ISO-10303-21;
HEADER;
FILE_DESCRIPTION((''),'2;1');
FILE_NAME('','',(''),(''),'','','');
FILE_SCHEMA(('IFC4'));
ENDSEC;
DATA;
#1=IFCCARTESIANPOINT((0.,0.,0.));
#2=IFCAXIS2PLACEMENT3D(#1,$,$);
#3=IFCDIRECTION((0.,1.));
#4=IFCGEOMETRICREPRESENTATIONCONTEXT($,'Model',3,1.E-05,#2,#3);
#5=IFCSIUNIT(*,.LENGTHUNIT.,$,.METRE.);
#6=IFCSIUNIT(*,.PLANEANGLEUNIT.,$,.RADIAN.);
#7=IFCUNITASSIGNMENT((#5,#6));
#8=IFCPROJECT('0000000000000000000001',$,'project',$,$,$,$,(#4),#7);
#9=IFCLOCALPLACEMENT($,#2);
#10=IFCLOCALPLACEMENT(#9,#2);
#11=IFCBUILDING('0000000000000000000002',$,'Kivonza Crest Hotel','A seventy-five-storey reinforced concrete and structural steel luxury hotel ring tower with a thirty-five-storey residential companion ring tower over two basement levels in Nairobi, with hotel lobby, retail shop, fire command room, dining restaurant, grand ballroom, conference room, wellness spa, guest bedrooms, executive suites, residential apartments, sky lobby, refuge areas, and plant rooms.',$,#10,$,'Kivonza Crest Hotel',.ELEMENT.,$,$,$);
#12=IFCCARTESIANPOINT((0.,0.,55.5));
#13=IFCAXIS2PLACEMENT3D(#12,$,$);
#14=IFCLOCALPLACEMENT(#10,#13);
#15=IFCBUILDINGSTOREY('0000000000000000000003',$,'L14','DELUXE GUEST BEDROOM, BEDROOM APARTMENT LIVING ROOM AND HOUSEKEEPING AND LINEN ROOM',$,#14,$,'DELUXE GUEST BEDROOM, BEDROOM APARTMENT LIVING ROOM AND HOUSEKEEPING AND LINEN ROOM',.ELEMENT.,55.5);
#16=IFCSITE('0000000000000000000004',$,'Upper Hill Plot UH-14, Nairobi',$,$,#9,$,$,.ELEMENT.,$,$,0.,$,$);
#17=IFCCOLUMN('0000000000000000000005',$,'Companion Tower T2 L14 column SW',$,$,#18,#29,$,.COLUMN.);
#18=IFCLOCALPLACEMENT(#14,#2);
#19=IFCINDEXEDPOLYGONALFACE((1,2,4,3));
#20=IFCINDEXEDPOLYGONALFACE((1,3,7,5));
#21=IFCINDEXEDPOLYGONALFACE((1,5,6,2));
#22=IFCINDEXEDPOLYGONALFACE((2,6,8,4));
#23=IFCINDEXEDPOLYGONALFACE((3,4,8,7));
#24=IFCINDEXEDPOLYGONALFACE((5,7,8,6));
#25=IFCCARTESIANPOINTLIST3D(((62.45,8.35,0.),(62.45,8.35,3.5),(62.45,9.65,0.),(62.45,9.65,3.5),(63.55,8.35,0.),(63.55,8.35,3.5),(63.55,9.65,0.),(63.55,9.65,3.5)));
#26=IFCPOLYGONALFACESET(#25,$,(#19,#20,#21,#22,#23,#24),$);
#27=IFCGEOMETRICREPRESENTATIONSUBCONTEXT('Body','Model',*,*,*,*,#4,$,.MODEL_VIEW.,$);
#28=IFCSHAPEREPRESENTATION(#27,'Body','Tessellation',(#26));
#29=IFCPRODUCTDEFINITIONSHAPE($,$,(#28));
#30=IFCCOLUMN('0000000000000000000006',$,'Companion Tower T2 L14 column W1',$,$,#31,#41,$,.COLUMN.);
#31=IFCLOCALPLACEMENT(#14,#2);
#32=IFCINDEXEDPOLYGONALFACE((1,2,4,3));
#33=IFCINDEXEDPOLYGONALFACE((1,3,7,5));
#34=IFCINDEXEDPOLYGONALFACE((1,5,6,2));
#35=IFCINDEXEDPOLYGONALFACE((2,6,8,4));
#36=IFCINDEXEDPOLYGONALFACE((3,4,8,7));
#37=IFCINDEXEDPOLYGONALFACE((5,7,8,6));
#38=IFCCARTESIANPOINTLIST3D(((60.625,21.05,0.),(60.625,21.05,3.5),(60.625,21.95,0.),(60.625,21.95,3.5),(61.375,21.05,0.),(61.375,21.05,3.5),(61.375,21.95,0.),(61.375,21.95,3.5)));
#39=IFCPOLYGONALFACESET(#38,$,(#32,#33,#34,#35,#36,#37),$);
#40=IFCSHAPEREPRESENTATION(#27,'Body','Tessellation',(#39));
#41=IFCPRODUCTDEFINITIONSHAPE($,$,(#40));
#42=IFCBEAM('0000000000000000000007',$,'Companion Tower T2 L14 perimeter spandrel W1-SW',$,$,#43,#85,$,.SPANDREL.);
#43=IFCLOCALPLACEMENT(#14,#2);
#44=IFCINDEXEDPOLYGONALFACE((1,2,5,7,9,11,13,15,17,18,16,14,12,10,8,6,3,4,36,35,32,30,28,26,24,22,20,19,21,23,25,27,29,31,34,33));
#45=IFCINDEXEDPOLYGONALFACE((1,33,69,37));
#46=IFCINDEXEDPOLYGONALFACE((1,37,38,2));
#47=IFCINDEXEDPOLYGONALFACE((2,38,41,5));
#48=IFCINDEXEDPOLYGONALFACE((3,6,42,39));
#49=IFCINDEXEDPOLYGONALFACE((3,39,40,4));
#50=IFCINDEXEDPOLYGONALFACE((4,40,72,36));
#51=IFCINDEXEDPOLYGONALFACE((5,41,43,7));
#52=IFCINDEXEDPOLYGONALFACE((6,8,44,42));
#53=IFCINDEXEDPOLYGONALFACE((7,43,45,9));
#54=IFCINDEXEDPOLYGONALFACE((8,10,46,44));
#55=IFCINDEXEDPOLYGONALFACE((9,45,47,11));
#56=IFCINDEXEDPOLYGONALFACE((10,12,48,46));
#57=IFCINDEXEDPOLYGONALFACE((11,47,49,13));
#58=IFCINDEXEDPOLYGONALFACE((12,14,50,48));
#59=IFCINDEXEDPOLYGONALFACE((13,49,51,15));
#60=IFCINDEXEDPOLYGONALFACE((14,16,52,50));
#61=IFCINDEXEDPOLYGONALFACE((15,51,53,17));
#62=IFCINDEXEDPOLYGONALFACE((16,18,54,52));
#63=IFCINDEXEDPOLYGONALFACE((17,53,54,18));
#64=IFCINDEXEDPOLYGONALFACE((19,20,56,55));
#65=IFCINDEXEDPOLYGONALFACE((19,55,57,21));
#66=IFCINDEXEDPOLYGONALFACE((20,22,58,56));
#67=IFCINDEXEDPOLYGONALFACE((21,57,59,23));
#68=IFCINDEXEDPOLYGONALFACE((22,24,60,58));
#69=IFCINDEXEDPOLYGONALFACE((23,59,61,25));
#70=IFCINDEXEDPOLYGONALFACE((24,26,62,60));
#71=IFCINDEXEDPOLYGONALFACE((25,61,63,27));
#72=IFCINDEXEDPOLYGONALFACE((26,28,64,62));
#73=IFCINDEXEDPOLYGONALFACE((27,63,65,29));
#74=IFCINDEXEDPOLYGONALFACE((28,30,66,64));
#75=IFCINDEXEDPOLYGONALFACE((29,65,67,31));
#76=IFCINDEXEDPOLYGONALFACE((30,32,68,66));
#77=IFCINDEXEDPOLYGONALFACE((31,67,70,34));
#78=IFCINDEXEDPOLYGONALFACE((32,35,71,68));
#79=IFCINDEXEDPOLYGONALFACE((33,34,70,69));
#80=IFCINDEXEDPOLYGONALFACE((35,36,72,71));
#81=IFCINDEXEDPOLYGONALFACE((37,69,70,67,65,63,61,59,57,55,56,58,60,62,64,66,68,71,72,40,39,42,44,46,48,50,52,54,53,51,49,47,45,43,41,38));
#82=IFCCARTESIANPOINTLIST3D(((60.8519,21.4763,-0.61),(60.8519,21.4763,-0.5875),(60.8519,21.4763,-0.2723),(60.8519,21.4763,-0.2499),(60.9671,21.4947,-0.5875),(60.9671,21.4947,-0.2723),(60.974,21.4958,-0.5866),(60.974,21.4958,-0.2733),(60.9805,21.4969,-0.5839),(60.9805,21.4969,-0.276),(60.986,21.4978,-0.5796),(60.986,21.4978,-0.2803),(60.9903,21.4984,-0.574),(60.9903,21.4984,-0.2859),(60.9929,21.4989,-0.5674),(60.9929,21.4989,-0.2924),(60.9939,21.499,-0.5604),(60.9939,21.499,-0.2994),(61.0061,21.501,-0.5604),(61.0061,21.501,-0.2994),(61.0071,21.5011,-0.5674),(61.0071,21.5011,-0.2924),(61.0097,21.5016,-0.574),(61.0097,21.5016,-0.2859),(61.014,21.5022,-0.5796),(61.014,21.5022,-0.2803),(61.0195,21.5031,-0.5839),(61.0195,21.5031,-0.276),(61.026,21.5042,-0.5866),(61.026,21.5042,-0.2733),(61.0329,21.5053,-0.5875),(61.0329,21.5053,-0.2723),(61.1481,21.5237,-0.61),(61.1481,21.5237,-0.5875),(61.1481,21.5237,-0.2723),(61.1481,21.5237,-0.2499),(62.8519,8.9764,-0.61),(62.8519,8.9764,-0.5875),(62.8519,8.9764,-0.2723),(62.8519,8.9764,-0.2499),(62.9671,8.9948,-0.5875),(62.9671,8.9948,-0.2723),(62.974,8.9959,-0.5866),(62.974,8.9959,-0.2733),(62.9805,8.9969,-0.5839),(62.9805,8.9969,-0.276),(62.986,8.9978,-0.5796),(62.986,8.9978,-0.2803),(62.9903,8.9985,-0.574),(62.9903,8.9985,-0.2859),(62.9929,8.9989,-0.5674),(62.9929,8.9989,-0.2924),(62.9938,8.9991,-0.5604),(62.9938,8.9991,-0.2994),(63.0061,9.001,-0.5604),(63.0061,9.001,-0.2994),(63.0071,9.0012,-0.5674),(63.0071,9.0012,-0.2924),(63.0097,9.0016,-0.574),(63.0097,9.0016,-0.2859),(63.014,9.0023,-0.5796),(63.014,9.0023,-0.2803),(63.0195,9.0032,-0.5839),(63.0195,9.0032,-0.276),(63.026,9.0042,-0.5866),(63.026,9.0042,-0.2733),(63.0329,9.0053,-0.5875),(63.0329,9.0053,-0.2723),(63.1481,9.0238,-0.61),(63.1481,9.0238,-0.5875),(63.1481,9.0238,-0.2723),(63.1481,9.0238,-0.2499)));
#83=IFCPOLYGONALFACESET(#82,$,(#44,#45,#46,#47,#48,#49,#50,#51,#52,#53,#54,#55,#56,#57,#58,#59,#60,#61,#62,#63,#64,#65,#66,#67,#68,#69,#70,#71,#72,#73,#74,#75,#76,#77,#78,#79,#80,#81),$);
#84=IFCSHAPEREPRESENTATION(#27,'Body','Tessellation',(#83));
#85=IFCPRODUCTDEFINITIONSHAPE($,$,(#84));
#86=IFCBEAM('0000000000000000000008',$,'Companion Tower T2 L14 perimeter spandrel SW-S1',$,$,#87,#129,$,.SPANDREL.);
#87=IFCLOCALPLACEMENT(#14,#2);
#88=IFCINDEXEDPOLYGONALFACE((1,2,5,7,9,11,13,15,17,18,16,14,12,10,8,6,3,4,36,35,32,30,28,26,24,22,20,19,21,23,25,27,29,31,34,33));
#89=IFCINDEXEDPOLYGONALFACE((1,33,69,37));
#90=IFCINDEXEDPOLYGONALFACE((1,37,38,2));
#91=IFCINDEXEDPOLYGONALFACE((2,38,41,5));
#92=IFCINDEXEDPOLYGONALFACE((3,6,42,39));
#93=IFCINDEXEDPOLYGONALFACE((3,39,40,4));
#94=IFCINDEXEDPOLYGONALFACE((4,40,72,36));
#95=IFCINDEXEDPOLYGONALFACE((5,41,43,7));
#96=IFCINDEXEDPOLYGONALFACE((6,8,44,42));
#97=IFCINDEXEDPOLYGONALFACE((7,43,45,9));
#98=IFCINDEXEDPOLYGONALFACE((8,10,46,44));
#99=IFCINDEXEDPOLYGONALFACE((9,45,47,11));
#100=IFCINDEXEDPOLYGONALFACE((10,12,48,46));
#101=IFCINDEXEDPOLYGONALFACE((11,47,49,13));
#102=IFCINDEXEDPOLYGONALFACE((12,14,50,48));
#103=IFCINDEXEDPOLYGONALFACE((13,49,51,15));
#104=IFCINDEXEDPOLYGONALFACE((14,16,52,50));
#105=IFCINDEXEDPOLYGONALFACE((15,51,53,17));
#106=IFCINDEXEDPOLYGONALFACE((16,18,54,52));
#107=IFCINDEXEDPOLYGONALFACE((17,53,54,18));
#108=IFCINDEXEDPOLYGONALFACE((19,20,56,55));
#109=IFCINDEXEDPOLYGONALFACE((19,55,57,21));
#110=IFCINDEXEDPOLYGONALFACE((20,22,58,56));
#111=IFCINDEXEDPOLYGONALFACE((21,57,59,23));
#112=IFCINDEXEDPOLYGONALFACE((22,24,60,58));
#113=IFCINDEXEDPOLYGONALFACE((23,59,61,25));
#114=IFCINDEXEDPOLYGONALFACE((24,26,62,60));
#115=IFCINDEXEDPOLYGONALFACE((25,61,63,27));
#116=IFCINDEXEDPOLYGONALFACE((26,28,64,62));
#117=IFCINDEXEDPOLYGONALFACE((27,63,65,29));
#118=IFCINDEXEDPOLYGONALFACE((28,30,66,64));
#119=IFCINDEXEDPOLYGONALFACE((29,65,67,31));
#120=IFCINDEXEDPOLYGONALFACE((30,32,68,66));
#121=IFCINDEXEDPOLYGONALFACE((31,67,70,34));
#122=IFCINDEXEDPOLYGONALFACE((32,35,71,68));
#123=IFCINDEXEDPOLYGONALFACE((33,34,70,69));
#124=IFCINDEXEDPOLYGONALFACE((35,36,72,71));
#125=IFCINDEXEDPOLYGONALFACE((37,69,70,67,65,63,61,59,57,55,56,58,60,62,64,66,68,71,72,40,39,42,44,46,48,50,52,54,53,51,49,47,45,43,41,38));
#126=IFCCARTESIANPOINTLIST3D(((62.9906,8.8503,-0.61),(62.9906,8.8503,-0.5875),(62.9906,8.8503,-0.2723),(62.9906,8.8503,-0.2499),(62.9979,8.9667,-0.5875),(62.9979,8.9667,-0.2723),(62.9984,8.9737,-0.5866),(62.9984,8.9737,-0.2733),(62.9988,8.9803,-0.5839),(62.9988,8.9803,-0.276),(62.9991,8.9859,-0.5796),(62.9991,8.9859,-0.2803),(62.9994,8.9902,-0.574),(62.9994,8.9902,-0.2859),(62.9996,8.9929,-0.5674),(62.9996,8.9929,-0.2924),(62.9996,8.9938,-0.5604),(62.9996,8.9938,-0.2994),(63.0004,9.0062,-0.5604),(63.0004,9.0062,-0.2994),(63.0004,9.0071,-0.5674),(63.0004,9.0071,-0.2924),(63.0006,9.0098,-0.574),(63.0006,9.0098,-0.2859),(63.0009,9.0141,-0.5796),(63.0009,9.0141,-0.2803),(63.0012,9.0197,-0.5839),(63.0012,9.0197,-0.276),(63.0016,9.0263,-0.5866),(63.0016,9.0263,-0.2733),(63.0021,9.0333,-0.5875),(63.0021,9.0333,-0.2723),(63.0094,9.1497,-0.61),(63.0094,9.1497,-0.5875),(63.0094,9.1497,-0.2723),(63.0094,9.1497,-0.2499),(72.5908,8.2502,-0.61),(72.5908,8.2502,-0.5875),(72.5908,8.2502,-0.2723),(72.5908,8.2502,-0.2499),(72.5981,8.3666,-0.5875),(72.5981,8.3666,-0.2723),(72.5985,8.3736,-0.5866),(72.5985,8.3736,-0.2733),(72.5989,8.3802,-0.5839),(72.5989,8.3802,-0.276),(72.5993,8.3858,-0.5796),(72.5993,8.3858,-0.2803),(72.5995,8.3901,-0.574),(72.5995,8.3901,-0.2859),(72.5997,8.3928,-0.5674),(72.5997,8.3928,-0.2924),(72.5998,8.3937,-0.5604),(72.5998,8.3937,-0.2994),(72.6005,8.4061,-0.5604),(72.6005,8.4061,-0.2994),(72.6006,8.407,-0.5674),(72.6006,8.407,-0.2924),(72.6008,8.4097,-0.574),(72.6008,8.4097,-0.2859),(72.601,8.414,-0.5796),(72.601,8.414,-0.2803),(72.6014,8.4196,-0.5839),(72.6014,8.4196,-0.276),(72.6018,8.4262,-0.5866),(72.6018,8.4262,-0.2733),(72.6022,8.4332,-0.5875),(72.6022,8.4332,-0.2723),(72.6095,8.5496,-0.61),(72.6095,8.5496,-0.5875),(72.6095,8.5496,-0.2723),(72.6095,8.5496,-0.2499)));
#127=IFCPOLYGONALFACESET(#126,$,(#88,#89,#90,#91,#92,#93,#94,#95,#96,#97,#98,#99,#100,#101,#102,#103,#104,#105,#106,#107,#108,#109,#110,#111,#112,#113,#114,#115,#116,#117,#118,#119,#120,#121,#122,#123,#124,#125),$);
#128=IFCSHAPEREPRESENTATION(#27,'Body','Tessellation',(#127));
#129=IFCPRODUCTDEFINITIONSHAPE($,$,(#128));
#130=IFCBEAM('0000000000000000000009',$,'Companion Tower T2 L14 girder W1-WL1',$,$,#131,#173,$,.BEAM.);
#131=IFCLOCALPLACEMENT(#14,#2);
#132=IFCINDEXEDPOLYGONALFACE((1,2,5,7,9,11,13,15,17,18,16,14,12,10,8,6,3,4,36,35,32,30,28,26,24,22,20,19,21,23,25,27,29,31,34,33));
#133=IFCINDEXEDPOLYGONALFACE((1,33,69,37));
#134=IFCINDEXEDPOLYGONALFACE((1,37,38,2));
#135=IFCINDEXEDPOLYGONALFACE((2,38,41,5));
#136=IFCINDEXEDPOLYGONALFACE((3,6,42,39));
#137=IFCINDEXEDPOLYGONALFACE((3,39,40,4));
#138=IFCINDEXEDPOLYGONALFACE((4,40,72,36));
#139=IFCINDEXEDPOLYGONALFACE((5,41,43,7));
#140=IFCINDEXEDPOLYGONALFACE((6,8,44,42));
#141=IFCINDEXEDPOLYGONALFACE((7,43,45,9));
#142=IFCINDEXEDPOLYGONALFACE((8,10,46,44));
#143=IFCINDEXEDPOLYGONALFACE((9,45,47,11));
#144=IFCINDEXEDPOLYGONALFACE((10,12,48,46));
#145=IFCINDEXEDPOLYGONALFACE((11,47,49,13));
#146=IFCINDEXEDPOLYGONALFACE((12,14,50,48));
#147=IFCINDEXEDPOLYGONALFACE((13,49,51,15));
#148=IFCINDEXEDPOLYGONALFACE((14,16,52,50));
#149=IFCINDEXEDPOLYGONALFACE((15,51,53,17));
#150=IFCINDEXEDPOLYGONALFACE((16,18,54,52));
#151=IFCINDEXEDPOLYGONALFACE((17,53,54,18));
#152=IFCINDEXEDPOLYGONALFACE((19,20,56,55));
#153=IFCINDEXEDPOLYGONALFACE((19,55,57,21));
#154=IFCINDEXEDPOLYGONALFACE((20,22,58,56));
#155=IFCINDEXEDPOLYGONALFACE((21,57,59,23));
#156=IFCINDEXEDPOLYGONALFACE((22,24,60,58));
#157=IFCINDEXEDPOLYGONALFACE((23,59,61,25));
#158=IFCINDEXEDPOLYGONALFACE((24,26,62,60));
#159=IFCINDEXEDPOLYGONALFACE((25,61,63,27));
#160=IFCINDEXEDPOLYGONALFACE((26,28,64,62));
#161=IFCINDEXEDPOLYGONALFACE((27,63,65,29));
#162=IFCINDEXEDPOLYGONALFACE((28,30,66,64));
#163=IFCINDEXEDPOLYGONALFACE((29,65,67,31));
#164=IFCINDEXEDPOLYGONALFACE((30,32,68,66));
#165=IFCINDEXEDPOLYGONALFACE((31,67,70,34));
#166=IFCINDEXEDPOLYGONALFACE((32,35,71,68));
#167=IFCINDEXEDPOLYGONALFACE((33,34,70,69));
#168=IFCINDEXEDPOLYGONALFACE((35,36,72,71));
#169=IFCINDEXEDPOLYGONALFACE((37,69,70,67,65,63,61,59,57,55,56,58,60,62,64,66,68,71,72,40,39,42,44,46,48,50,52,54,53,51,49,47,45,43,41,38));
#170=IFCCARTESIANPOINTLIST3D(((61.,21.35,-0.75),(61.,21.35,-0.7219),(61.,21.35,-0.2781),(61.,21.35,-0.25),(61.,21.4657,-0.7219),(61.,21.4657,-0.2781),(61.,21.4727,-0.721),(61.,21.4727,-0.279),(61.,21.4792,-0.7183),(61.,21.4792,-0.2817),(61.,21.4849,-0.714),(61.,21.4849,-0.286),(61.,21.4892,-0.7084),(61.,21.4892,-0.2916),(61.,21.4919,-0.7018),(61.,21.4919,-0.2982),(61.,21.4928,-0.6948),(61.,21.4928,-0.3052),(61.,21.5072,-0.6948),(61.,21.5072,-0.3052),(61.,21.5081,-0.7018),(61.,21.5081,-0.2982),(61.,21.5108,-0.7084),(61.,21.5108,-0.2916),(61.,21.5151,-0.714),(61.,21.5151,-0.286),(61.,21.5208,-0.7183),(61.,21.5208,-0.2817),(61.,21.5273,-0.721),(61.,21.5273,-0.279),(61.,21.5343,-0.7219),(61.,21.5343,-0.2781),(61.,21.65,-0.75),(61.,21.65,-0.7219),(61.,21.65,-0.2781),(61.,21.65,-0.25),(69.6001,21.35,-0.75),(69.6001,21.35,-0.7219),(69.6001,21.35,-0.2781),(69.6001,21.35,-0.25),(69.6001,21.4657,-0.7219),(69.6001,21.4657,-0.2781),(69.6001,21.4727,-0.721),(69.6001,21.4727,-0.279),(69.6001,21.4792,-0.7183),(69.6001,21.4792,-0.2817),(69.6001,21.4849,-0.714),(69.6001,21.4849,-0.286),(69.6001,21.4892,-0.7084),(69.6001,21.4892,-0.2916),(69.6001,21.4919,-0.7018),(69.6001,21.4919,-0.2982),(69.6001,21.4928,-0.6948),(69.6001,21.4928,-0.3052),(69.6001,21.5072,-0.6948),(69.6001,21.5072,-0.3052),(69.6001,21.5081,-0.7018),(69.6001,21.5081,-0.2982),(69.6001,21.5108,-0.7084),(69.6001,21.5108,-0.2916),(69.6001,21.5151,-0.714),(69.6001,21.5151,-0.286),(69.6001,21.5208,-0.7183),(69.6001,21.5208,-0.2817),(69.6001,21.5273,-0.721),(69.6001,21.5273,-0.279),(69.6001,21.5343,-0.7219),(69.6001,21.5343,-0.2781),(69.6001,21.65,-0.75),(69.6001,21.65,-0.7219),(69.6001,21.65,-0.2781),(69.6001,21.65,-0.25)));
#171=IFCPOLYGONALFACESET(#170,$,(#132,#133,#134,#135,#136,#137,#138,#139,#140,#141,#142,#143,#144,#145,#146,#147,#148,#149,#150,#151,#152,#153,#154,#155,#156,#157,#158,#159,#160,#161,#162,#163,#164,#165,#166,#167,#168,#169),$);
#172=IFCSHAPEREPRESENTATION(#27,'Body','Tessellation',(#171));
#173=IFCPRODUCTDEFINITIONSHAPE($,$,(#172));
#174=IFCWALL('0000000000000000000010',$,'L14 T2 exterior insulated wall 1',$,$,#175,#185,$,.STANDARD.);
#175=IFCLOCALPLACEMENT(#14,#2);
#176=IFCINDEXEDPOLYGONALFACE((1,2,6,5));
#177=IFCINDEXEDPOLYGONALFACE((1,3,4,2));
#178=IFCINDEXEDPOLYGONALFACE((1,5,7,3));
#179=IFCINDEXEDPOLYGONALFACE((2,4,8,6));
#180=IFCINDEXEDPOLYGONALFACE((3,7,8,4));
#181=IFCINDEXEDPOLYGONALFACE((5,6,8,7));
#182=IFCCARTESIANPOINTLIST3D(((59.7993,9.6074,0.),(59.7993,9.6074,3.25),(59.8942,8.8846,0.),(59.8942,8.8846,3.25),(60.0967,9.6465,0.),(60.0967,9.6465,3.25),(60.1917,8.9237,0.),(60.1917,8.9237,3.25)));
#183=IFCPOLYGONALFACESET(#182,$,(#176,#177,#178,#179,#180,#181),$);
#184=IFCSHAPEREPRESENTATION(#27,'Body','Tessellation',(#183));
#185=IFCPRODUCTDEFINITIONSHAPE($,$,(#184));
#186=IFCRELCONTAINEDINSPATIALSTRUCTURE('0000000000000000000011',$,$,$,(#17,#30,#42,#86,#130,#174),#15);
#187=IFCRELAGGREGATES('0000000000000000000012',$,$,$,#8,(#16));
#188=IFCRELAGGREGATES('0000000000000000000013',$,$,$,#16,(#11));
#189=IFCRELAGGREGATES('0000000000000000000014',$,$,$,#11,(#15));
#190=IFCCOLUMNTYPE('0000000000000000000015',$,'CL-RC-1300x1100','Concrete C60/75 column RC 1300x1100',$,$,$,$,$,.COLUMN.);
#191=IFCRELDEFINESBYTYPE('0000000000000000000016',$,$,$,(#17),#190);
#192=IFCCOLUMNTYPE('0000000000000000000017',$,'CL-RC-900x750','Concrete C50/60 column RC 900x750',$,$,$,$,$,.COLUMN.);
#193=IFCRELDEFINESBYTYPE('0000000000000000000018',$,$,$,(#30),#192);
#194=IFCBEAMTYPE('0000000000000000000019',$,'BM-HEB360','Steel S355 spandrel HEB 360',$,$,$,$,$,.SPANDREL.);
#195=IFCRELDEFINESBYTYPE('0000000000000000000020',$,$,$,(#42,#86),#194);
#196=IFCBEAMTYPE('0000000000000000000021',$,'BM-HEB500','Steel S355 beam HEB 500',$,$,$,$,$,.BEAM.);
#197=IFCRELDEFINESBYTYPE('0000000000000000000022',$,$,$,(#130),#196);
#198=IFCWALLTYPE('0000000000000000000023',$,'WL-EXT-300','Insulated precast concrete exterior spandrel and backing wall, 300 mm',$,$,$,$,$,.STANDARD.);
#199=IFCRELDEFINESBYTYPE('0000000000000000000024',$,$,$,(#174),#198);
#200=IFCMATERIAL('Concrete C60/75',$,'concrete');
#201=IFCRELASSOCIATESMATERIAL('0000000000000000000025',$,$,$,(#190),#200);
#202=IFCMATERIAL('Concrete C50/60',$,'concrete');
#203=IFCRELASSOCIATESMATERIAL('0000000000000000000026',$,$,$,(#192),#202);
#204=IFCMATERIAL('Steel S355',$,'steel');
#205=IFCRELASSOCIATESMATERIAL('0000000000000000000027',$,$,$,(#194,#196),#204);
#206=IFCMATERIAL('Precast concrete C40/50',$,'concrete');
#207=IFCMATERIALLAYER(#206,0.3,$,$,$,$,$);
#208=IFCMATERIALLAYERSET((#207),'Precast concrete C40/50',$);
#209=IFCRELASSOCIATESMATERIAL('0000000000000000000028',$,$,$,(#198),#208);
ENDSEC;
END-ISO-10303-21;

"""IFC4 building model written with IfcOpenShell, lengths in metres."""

from ifc_helpers import new_model, si_unit, direction, frame, frame_2d, origin, origin_2d, place, context, subcontext, project, spatial, rectangle, i_section, extrude, material, layer, layer_set, material_profile, profile_set, type_object, element, save


model = new_model("IFC4")

# Units and contexts
model_context = context("Model", 3, precision=1e-05, world=origin(), true_north=direction((0.0, 1.0)))
body_context = subcontext(model_context, "Body", "Model", "MODEL_VIEW")
ifc_project = project(units=[si_unit("LENGTHUNIT", "METRE"), si_unit("PLANEANGLEUNIT", "RADIAN")], contexts=[model_context])

# Site, building, storey
site_placement = place(None, origin())
site = spatial("IfcSite", under=ifc_project, at=site_placement, Name="Upper Hill Plot UH-14, Nairobi", CompositionType="ELEMENT", RefElevation=0.0)
building_placement = place(site_placement, origin())
building = spatial("IfcBuilding", under=site, at=building_placement, Name="Kivonza Crest Hotel", Description="A seventy-five-storey reinforced concrete and structural steel luxury hotel ring tower with a thirty-five-storey residential companion ring tower over two basement levels in Nairobi, with hotel lobby, retail shop, fire command room, dining restaurant, grand ballroom, conference room, wellness spa, guest bedrooms, executive suites, residential apartments, sky lobby, refuge areas, and plant rooms.", LongName="Kivonza Crest Hotel", CompositionType="ELEMENT")
storey_placement = place(building_placement, frame((0.0, 0.0, 55.5)))
storey = spatial("IfcBuildingStorey", under=building, at=storey_placement, Name="L14", Description="DELUXE GUEST BEDROOM, BEDROOM APARTMENT LIVING ROOM AND HOUSEKEEPING AND LINEN ROOM", LongName="DELUXE GUEST BEDROOM, BEDROOM APARTMENT LIVING ROOM AND HOUSEKEEPING AND LINEN ROOM", CompositionType="ELEMENT", Elevation=55.5)

# Columns
ifc_material_1 = material(Name="Concrete C60/75", Category="concrete")
ifc_material_profile_1 = material_profile(ifc_material_1, rectangle(XDim=1.1001, YDim=1.3, at=origin_2d()), Name="RC 1300x1100")
ifc_profile_set_1 = profile_set([ifc_material_profile_1], Name="Concrete C60/75")
column_type_1 = type_object("IfcColumnType", Name="CL-RC-1300x1100", Description="Concrete C60/75 column RC 1300x1100", PredefinedType="COLUMN", material=ifc_profile_set_1)
column_1_placement = place(storey_placement, frame((63.0, 9.0, 0.0), z_axis=(0.0, 0.0, 1.0), x_axis=(1.0, 0.0, 0.0)))
element("IfcColumn", 1, at=column_1_placement, inside=storey, type_object=column_type_1, Name="Companion Tower T2 L14 column SW", PredefinedType="COLUMN", context=body_context, shape_type="SweptSolid", body=[
    extrude(rectangle(XDim=1.1001, YDim=1.3, at=origin_2d()), origin(), (0.0, 0.0, 1.0), 3.5),
])
ifc_material_2 = material(Name="Concrete C50/60", Category="concrete")
ifc_material_profile_2 = material_profile(ifc_material_2, rectangle(XDim=0.75, YDim=0.8999, at=origin_2d()), Name="RC 900x750")
ifc_profile_set_2 = profile_set([ifc_material_profile_2], Name="Concrete C50/60")
column_type_2 = type_object("IfcColumnType", Name="CL-RC-900x750", Description="Concrete C50/60 column RC 900x750", PredefinedType="COLUMN", material=ifc_profile_set_2)
column_2_placement = place(storey_placement, frame((61.0, 21.5, 0.0), z_axis=(0.0, 0.0, 1.0), x_axis=(1.0, 0.0, 0.0)))
element("IfcColumn", 2, at=column_2_placement, inside=storey, type_object=column_type_2, Name="Companion Tower T2 L14 column W1", PredefinedType="COLUMN", context=body_context, shape_type="SweptSolid", body=[
    extrude(rectangle(XDim=0.75, YDim=0.8999, at=origin_2d()), origin(), (0.0, 0.0, 1.0), 3.5),
])

# Beams
ifc_material_3 = material(Name="Steel S355", Category="steel")
ifc_material_profile_3 = material_profile(ifc_material_3, i_section(OverallWidth=0.3, OverallDepth=0.3601, WebThickness=0.0125, FlangeThickness=0.0225, FilletRadius=0.0271, at=origin_2d()), Name="HEB 360")
ifc_profile_set_3 = profile_set([ifc_material_profile_3], Name="Steel S355")
beam_type_1 = type_object("IfcBeamType", Name="BM-HEB360", Description="Steel S355 spandrel HEB 360", PredefinedType="SPANDREL", material=ifc_profile_set_3)
beam_1_placement = place(storey_placement, frame((61.0, 21.5, -0.4299), z_axis=(0.157991, -0.987441, 0.0), x_axis=(0.987441, 0.157991, 0.0)))
element("IfcBeam", 3, at=beam_1_placement, inside=storey, type_object=beam_type_1, Name="Companion Tower T2 L14 perimeter spandrel W1-SW", PredefinedType="SPANDREL", context=body_context, shape_type="SweptSolid", body=[
    extrude(i_section(OverallWidth=0.3, OverallDepth=0.3601, WebThickness=0.0125, FlangeThickness=0.0225, FilletRadius=0.0271, at=origin_2d()), origin(), (0.0, 0.0, 1.0), 12.6589),
])
beam_2_placement = place(storey_placement, frame((63.0, 9.0, -0.4299), z_axis=(0.998052, -0.062388, 0.0), x_axis=(0.062388, 0.998052, 0.0)))
element("IfcBeam", 4, at=beam_2_placement, inside=storey, type_object=beam_type_1, Name="Companion Tower T2 L14 perimeter spandrel SW-S1", PredefinedType="SPANDREL", context=body_context, shape_type="SweptSolid", body=[
    extrude(i_section(OverallWidth=0.3, OverallDepth=0.3601, WebThickness=0.0125, FlangeThickness=0.0225, FilletRadius=0.0271, at=origin_2d()), origin(), (0.0, 0.0, 1.0), 9.6189),
])
ifc_material_profile_4 = material_profile(ifc_material_3, i_section(OverallWidth=0.3, OverallDepth=0.5, WebThickness=0.0144, FlangeThickness=0.0281, FilletRadius=0.0271, at=origin_2d()), Name="HEB 500")
ifc_profile_set_4 = profile_set([ifc_material_profile_4], Name="Steel S355")
beam_type_2 = type_object("IfcBeamType", Name="BM-HEB500", Description="Steel S355 beam HEB 500", PredefinedType="BEAM", material=ifc_profile_set_4)
beam_3_placement = place(storey_placement, frame((61.0, 21.5, -0.5), z_axis=(1.0, 0.0, 0.0), x_axis=(0.0, 1.0, 0.0)))
element("IfcBeam", 5, at=beam_3_placement, inside=storey, type_object=beam_type_2, Name="Companion Tower T2 L14 girder W1-WL1", PredefinedType="BEAM", context=body_context, shape_type="SweptSolid", body=[
    extrude(i_section(OverallWidth=0.3, OverallDepth=0.5, WebThickness=0.0144, FlangeThickness=0.0281, FilletRadius=0.0271, at=origin_2d()), origin(), (0.0, 0.0, 1.0), 8.6001),
])

# Wall
ifc_material_4 = material(Name="Precast concrete C40/50", Category="concrete")
ifc_layer_1 = layer(ifc_material_4, 0.3)
ifc_layer_set_1 = layer_set([ifc_layer_1], Name="Precast concrete C40/50")
wall_type_1 = type_object("IfcWallType", Name="WL-EXT-300", Description="Insulated precast concrete exterior spandrel and backing wall, 300 mm", PredefinedType="STANDARD", material=ifc_layer_set_1)
wall_1_placement = place(storey_placement, frame((59.948, 9.627, 0.0), z_axis=(0.0, 0.0, 1.0), x_axis=(0.130255, -0.99148, 0.0)))
element("IfcWall", 6, at=wall_1_placement, inside=storey, type_object=wall_type_1, Name="L14 T2 exterior insulated wall 1", PredefinedType="STANDARD", context=body_context, shape_type="SweptSolid", body=[
    extrude(rectangle(XDim=0.729, YDim=0.3, at=frame_2d((0.3645, 0.0))), origin(), (0.0, 0.0, 1.0), 3.25),
])

save(model, "model.ifc")
